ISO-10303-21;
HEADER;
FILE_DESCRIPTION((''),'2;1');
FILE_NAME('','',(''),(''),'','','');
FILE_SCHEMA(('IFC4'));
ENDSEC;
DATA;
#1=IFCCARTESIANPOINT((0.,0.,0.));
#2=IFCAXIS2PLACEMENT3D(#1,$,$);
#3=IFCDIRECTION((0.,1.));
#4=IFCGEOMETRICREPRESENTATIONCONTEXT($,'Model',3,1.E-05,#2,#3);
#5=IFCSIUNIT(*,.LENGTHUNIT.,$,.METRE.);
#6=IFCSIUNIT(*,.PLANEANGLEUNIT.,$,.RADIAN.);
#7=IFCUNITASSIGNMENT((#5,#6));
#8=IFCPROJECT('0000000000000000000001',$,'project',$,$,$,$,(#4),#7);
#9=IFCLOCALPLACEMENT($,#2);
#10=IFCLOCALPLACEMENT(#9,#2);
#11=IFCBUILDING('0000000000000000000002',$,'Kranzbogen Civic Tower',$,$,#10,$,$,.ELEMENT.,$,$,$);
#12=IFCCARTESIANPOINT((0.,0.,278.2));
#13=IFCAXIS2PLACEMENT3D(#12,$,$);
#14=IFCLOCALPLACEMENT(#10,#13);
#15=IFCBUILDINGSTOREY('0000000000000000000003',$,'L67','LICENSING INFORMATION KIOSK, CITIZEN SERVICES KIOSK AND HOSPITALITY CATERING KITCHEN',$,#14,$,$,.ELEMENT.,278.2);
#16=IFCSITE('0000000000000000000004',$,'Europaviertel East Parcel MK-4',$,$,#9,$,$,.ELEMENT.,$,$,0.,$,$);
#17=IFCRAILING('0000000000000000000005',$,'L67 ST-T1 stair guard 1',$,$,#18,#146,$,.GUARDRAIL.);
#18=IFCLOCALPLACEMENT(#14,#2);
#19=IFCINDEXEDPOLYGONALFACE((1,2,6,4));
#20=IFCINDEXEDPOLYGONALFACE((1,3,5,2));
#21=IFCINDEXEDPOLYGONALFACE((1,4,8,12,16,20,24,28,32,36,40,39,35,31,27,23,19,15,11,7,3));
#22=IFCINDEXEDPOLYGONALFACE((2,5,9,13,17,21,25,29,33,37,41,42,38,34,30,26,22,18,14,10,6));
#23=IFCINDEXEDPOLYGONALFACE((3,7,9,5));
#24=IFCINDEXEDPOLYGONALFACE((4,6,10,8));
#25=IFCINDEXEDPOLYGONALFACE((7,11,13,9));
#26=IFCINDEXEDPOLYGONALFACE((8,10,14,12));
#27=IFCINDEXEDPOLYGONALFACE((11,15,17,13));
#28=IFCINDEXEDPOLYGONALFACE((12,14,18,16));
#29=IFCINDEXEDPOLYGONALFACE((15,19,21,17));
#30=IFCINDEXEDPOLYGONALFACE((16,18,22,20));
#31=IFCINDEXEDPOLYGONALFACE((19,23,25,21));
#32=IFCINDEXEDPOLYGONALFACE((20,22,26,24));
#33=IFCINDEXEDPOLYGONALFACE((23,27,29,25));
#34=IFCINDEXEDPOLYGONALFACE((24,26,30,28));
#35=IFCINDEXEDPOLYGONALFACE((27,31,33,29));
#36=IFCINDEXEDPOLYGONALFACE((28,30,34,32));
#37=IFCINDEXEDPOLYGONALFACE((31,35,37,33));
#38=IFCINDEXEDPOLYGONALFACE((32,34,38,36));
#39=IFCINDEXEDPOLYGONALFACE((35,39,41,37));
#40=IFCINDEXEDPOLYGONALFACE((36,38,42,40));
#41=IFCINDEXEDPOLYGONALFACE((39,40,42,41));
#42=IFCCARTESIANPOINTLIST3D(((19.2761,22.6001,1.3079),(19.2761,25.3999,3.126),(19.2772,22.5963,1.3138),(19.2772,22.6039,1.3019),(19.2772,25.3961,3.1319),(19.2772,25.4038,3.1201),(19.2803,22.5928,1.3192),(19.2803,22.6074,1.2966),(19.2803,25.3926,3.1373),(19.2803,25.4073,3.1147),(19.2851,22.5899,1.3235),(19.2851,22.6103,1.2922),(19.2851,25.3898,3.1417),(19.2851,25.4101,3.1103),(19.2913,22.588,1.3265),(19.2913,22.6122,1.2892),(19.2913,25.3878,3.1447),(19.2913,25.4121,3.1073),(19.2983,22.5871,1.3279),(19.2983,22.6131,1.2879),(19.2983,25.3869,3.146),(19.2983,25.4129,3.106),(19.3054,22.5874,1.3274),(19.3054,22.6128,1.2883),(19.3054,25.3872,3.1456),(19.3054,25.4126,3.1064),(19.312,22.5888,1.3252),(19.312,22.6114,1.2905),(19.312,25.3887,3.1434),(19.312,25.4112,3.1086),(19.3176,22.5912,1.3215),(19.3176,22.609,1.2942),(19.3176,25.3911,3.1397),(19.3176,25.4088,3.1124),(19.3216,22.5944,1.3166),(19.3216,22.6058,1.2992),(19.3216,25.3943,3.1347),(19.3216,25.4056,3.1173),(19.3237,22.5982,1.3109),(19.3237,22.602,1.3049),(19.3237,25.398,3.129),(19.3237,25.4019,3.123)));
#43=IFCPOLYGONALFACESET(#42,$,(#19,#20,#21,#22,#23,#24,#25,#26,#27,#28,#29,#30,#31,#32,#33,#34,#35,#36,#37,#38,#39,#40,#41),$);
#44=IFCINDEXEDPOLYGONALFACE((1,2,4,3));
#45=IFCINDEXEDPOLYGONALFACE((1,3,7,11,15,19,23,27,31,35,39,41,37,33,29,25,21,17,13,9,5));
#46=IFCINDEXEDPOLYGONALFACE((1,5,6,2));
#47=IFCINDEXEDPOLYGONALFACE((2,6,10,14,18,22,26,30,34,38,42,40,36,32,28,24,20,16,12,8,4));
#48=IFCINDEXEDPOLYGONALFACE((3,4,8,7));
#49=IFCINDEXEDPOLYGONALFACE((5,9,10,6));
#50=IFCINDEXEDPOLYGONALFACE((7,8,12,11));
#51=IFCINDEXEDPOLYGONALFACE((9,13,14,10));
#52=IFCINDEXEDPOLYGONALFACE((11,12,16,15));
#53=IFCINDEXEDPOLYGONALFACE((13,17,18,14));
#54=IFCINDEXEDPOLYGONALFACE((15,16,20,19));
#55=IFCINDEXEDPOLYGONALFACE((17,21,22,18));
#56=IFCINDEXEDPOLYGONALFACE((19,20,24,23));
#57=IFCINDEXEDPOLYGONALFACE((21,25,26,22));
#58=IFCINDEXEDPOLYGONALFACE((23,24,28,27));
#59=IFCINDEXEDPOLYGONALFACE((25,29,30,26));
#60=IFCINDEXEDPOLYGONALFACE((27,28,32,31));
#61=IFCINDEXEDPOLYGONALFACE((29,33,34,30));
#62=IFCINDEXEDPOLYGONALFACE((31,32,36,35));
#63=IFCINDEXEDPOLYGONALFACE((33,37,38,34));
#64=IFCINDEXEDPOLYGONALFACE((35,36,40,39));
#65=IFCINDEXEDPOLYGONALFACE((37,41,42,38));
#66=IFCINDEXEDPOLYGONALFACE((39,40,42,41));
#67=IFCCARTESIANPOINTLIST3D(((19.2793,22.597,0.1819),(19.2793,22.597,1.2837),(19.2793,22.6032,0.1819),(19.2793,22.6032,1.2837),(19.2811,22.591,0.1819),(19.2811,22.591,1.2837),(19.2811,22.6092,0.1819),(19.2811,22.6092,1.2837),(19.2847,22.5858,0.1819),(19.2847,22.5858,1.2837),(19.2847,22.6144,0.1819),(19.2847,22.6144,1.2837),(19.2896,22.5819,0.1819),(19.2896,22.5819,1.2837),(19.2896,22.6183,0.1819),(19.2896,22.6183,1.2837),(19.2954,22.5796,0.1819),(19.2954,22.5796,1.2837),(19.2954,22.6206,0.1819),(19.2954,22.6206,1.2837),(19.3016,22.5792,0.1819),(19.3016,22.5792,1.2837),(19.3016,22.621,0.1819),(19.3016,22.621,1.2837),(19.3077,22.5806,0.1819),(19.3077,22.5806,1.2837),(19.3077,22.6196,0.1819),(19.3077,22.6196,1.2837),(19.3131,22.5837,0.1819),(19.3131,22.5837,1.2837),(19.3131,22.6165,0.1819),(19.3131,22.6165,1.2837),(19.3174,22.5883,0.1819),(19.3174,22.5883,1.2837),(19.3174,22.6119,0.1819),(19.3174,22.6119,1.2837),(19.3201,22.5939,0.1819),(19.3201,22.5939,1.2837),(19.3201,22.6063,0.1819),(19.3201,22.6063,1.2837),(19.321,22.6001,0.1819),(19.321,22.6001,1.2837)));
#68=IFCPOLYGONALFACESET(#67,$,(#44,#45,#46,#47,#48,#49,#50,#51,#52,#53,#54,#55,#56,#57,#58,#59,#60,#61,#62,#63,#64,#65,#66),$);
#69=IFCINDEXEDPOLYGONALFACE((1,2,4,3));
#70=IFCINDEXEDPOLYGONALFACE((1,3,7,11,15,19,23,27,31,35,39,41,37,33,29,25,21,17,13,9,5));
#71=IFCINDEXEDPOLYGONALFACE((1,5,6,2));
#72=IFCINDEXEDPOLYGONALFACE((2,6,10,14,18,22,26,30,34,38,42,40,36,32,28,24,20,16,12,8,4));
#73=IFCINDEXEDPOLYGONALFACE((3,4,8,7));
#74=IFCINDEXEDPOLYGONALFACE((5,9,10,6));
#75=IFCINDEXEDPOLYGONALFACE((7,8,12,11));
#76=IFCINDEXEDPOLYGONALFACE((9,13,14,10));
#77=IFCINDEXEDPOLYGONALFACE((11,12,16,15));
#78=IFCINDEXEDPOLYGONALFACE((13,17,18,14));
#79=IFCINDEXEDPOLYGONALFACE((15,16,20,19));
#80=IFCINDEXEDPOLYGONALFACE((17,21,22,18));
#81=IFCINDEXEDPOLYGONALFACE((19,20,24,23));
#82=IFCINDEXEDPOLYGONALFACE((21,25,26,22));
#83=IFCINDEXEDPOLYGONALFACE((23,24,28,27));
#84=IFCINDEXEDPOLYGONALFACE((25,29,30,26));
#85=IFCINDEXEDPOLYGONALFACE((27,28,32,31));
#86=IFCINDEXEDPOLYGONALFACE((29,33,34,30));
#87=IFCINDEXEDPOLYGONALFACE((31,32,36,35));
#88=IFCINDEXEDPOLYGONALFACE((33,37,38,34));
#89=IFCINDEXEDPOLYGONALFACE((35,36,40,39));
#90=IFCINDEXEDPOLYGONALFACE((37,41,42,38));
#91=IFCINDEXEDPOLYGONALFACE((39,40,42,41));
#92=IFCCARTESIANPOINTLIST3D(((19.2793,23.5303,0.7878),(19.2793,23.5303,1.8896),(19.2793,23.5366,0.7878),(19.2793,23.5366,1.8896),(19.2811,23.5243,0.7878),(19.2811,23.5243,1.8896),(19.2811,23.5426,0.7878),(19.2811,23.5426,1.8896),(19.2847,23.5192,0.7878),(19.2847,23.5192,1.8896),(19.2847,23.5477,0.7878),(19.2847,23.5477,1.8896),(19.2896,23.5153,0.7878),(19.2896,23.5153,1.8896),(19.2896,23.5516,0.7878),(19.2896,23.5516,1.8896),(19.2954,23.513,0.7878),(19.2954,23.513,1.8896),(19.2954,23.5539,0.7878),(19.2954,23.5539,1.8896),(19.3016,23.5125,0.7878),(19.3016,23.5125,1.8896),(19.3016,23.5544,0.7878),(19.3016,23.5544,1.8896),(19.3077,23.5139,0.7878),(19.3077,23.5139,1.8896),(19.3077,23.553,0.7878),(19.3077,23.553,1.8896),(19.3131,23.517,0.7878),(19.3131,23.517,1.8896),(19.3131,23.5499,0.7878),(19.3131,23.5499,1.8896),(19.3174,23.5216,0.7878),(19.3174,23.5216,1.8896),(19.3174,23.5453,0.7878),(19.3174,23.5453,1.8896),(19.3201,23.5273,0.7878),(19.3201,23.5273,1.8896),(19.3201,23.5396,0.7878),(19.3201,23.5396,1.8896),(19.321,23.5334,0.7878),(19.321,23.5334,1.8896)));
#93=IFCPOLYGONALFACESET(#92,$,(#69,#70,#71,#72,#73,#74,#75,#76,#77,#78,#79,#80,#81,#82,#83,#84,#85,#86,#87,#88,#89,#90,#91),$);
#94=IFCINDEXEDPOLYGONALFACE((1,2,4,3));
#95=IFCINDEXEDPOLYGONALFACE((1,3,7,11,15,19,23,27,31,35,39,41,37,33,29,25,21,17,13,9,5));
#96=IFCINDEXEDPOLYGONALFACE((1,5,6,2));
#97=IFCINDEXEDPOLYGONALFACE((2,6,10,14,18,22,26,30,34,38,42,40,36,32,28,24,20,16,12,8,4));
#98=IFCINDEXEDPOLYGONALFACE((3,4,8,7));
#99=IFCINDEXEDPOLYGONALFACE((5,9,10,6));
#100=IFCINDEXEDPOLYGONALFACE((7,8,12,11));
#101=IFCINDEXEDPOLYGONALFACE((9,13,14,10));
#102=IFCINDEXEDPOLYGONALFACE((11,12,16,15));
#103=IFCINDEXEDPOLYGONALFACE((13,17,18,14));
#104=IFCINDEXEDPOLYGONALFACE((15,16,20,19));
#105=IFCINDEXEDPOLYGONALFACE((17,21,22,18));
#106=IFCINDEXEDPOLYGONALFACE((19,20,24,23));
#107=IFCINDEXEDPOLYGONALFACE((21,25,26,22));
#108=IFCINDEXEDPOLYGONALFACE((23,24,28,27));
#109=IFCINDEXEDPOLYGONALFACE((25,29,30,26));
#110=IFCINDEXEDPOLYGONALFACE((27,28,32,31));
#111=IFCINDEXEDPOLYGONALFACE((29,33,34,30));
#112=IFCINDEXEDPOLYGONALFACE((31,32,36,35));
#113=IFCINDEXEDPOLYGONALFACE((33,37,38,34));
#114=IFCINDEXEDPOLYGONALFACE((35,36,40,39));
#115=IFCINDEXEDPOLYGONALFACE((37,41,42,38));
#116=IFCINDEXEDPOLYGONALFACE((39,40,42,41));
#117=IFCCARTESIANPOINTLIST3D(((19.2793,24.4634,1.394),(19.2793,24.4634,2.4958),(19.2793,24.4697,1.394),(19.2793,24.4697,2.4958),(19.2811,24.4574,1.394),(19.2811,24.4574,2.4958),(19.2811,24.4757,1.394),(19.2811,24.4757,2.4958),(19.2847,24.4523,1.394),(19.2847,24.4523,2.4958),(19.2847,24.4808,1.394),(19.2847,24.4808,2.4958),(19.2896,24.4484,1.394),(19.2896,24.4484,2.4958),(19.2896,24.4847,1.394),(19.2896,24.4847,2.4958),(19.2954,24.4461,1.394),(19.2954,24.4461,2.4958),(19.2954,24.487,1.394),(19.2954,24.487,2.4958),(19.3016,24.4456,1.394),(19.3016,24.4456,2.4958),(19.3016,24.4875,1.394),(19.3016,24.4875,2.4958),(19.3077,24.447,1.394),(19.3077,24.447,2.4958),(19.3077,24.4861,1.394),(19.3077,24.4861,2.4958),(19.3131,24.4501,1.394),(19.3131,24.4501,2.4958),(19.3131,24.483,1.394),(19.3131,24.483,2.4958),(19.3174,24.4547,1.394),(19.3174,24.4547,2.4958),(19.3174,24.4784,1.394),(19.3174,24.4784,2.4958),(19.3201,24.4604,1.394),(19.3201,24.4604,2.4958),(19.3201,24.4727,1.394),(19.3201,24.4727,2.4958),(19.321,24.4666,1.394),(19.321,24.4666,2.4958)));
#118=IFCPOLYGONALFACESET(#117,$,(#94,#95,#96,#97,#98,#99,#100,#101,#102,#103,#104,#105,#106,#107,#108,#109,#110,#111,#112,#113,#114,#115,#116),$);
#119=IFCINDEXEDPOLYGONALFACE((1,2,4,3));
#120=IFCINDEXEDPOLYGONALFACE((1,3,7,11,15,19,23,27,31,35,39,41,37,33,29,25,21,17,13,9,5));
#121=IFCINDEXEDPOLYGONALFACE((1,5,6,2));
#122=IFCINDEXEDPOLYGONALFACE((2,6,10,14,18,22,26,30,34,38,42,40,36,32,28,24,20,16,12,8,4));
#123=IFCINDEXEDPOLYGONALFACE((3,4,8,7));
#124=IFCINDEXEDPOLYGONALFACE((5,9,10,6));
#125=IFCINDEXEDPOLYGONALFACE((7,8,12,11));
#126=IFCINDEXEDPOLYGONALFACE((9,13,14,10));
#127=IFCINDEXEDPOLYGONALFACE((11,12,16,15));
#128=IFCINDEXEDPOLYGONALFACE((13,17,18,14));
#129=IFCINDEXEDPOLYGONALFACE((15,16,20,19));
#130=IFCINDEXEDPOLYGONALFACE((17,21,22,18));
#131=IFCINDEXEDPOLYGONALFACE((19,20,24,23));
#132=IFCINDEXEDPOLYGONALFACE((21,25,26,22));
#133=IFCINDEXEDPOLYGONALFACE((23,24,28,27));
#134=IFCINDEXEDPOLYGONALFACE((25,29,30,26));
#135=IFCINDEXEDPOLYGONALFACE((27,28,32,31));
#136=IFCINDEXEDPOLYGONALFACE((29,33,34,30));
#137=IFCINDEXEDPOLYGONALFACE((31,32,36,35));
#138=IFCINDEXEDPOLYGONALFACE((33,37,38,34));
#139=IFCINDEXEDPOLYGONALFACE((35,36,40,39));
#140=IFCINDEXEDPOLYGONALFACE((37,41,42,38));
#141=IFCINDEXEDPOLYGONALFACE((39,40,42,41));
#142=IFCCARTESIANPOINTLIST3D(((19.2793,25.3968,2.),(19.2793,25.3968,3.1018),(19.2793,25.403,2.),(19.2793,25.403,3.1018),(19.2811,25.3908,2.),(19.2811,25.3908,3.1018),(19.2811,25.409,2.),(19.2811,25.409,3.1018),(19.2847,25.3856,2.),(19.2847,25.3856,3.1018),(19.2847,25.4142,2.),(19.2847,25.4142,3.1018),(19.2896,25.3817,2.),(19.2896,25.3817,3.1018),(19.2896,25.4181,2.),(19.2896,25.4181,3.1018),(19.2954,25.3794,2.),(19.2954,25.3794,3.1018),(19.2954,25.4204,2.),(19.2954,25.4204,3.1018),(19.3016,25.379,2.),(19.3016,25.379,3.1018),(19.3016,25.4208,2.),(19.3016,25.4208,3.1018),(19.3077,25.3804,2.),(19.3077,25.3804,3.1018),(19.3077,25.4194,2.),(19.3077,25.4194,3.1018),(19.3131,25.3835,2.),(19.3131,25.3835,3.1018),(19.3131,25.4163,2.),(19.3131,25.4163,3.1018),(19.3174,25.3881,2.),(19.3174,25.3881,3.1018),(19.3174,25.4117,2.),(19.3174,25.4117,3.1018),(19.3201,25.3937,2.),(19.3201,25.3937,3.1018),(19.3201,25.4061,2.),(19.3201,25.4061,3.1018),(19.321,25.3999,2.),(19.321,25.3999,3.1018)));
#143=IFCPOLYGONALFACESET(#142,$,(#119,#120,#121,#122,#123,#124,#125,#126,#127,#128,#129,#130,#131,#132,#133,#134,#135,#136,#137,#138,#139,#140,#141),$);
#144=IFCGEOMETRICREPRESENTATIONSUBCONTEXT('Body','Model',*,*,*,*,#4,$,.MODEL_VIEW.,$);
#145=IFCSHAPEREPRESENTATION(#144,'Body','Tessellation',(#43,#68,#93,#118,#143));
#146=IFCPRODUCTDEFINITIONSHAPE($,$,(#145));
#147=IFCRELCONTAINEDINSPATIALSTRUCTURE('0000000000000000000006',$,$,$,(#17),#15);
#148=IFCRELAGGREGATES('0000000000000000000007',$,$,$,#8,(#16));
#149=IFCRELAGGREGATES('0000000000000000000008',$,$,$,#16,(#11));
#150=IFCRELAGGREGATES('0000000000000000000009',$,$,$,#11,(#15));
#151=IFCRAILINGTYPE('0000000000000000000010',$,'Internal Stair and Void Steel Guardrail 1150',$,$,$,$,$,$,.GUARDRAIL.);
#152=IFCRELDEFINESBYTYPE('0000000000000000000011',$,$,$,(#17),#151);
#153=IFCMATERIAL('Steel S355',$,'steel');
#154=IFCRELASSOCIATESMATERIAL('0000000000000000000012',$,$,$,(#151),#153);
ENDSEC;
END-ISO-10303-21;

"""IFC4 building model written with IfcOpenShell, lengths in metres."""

from ifc_helpers import new_model, si_unit, direction, frame, origin, origin_2d, place, context, subcontext, project, spatial, circle, extrude, material, type_object, element, save


model = new_model("IFC4")

# Units and contexts
model_context = context("Model", 3, precision=1e-05, world=origin(), true_north=direction((0.0, 1.0)))
body_context = subcontext(model_context, "Body", "Model", "MODEL_VIEW")
ifc_project = project(units=[si_unit("LENGTHUNIT", "METRE"), si_unit("PLANEANGLEUNIT", "RADIAN")], contexts=[model_context])

# Site, building, storey
site_placement = place(None, origin())
site = spatial("IfcSite", under=ifc_project, at=site_placement, Name="Europaviertel East Parcel MK-4", CompositionType="ELEMENT", RefElevation=0.0)
building_placement = place(site_placement, origin())
building = spatial("IfcBuilding", under=site, at=building_placement, Name="Kranzbogen Civic Tower", CompositionType="ELEMENT")
storey_placement = place(building_placement, frame((0.0, 0.0, 278.2)))
storey = spatial("IfcBuildingStorey", under=building, at=storey_placement, Name="L67", Description="LICENSING INFORMATION KIOSK, CITIZEN SERVICES KIOSK AND HOSPITALITY CATERING KITCHEN", CompositionType="ELEMENT", Elevation=278.2)

# Shared definitions
ifc_material_1 = material(Name="Steel S355", Category="steel")

# Railing
railing_type = type_object("IfcRailingType", Name="Internal Stair and Void Steel Guardrail 1150", PredefinedType="GUARDRAIL", material=ifc_material_1)
railing_1_placement = place(storey_placement, frame((19.3, 22.6001, 0.1819)))
element("IfcRailing", 1, at=railing_1_placement, inside=storey, type_object=railing_type, Name="L67 ST-T1 stair guard 1", PredefinedType="GUARDRAIL", context=body_context, shape_type="SweptSolid", body=[
    extrude(circle(Radius=0.0239, at=origin_2d()), frame((0.0, 0.0, 1.126), z_axis=(0.0, 0.838684, 0.544618), x_axis=(-1.0, 0.0, 0.0)), (0.0, 0.0, 1.0), 3.3384),
    extrude(circle(Radius=0.021, at=origin_2d()), origin(), (0.0, 0.0, 1.0), 1.1018),
    extrude(circle(Radius=0.021, at=origin_2d()), frame((0.0, 0.9333, 0.606)), (0.0, 0.0, 1.0), 1.1018),
    extrude(circle(Radius=0.021, at=origin_2d()), frame((0.0, 1.8665, 1.2122)), (0.0, 0.0, 1.0), 1.1018),
    extrude(circle(Radius=0.021, at=origin_2d()), frame((0.0, 2.7998, 1.8181)), (0.0, 0.0, 1.0), 1.1018),
])

save(model, "model.ifc")
